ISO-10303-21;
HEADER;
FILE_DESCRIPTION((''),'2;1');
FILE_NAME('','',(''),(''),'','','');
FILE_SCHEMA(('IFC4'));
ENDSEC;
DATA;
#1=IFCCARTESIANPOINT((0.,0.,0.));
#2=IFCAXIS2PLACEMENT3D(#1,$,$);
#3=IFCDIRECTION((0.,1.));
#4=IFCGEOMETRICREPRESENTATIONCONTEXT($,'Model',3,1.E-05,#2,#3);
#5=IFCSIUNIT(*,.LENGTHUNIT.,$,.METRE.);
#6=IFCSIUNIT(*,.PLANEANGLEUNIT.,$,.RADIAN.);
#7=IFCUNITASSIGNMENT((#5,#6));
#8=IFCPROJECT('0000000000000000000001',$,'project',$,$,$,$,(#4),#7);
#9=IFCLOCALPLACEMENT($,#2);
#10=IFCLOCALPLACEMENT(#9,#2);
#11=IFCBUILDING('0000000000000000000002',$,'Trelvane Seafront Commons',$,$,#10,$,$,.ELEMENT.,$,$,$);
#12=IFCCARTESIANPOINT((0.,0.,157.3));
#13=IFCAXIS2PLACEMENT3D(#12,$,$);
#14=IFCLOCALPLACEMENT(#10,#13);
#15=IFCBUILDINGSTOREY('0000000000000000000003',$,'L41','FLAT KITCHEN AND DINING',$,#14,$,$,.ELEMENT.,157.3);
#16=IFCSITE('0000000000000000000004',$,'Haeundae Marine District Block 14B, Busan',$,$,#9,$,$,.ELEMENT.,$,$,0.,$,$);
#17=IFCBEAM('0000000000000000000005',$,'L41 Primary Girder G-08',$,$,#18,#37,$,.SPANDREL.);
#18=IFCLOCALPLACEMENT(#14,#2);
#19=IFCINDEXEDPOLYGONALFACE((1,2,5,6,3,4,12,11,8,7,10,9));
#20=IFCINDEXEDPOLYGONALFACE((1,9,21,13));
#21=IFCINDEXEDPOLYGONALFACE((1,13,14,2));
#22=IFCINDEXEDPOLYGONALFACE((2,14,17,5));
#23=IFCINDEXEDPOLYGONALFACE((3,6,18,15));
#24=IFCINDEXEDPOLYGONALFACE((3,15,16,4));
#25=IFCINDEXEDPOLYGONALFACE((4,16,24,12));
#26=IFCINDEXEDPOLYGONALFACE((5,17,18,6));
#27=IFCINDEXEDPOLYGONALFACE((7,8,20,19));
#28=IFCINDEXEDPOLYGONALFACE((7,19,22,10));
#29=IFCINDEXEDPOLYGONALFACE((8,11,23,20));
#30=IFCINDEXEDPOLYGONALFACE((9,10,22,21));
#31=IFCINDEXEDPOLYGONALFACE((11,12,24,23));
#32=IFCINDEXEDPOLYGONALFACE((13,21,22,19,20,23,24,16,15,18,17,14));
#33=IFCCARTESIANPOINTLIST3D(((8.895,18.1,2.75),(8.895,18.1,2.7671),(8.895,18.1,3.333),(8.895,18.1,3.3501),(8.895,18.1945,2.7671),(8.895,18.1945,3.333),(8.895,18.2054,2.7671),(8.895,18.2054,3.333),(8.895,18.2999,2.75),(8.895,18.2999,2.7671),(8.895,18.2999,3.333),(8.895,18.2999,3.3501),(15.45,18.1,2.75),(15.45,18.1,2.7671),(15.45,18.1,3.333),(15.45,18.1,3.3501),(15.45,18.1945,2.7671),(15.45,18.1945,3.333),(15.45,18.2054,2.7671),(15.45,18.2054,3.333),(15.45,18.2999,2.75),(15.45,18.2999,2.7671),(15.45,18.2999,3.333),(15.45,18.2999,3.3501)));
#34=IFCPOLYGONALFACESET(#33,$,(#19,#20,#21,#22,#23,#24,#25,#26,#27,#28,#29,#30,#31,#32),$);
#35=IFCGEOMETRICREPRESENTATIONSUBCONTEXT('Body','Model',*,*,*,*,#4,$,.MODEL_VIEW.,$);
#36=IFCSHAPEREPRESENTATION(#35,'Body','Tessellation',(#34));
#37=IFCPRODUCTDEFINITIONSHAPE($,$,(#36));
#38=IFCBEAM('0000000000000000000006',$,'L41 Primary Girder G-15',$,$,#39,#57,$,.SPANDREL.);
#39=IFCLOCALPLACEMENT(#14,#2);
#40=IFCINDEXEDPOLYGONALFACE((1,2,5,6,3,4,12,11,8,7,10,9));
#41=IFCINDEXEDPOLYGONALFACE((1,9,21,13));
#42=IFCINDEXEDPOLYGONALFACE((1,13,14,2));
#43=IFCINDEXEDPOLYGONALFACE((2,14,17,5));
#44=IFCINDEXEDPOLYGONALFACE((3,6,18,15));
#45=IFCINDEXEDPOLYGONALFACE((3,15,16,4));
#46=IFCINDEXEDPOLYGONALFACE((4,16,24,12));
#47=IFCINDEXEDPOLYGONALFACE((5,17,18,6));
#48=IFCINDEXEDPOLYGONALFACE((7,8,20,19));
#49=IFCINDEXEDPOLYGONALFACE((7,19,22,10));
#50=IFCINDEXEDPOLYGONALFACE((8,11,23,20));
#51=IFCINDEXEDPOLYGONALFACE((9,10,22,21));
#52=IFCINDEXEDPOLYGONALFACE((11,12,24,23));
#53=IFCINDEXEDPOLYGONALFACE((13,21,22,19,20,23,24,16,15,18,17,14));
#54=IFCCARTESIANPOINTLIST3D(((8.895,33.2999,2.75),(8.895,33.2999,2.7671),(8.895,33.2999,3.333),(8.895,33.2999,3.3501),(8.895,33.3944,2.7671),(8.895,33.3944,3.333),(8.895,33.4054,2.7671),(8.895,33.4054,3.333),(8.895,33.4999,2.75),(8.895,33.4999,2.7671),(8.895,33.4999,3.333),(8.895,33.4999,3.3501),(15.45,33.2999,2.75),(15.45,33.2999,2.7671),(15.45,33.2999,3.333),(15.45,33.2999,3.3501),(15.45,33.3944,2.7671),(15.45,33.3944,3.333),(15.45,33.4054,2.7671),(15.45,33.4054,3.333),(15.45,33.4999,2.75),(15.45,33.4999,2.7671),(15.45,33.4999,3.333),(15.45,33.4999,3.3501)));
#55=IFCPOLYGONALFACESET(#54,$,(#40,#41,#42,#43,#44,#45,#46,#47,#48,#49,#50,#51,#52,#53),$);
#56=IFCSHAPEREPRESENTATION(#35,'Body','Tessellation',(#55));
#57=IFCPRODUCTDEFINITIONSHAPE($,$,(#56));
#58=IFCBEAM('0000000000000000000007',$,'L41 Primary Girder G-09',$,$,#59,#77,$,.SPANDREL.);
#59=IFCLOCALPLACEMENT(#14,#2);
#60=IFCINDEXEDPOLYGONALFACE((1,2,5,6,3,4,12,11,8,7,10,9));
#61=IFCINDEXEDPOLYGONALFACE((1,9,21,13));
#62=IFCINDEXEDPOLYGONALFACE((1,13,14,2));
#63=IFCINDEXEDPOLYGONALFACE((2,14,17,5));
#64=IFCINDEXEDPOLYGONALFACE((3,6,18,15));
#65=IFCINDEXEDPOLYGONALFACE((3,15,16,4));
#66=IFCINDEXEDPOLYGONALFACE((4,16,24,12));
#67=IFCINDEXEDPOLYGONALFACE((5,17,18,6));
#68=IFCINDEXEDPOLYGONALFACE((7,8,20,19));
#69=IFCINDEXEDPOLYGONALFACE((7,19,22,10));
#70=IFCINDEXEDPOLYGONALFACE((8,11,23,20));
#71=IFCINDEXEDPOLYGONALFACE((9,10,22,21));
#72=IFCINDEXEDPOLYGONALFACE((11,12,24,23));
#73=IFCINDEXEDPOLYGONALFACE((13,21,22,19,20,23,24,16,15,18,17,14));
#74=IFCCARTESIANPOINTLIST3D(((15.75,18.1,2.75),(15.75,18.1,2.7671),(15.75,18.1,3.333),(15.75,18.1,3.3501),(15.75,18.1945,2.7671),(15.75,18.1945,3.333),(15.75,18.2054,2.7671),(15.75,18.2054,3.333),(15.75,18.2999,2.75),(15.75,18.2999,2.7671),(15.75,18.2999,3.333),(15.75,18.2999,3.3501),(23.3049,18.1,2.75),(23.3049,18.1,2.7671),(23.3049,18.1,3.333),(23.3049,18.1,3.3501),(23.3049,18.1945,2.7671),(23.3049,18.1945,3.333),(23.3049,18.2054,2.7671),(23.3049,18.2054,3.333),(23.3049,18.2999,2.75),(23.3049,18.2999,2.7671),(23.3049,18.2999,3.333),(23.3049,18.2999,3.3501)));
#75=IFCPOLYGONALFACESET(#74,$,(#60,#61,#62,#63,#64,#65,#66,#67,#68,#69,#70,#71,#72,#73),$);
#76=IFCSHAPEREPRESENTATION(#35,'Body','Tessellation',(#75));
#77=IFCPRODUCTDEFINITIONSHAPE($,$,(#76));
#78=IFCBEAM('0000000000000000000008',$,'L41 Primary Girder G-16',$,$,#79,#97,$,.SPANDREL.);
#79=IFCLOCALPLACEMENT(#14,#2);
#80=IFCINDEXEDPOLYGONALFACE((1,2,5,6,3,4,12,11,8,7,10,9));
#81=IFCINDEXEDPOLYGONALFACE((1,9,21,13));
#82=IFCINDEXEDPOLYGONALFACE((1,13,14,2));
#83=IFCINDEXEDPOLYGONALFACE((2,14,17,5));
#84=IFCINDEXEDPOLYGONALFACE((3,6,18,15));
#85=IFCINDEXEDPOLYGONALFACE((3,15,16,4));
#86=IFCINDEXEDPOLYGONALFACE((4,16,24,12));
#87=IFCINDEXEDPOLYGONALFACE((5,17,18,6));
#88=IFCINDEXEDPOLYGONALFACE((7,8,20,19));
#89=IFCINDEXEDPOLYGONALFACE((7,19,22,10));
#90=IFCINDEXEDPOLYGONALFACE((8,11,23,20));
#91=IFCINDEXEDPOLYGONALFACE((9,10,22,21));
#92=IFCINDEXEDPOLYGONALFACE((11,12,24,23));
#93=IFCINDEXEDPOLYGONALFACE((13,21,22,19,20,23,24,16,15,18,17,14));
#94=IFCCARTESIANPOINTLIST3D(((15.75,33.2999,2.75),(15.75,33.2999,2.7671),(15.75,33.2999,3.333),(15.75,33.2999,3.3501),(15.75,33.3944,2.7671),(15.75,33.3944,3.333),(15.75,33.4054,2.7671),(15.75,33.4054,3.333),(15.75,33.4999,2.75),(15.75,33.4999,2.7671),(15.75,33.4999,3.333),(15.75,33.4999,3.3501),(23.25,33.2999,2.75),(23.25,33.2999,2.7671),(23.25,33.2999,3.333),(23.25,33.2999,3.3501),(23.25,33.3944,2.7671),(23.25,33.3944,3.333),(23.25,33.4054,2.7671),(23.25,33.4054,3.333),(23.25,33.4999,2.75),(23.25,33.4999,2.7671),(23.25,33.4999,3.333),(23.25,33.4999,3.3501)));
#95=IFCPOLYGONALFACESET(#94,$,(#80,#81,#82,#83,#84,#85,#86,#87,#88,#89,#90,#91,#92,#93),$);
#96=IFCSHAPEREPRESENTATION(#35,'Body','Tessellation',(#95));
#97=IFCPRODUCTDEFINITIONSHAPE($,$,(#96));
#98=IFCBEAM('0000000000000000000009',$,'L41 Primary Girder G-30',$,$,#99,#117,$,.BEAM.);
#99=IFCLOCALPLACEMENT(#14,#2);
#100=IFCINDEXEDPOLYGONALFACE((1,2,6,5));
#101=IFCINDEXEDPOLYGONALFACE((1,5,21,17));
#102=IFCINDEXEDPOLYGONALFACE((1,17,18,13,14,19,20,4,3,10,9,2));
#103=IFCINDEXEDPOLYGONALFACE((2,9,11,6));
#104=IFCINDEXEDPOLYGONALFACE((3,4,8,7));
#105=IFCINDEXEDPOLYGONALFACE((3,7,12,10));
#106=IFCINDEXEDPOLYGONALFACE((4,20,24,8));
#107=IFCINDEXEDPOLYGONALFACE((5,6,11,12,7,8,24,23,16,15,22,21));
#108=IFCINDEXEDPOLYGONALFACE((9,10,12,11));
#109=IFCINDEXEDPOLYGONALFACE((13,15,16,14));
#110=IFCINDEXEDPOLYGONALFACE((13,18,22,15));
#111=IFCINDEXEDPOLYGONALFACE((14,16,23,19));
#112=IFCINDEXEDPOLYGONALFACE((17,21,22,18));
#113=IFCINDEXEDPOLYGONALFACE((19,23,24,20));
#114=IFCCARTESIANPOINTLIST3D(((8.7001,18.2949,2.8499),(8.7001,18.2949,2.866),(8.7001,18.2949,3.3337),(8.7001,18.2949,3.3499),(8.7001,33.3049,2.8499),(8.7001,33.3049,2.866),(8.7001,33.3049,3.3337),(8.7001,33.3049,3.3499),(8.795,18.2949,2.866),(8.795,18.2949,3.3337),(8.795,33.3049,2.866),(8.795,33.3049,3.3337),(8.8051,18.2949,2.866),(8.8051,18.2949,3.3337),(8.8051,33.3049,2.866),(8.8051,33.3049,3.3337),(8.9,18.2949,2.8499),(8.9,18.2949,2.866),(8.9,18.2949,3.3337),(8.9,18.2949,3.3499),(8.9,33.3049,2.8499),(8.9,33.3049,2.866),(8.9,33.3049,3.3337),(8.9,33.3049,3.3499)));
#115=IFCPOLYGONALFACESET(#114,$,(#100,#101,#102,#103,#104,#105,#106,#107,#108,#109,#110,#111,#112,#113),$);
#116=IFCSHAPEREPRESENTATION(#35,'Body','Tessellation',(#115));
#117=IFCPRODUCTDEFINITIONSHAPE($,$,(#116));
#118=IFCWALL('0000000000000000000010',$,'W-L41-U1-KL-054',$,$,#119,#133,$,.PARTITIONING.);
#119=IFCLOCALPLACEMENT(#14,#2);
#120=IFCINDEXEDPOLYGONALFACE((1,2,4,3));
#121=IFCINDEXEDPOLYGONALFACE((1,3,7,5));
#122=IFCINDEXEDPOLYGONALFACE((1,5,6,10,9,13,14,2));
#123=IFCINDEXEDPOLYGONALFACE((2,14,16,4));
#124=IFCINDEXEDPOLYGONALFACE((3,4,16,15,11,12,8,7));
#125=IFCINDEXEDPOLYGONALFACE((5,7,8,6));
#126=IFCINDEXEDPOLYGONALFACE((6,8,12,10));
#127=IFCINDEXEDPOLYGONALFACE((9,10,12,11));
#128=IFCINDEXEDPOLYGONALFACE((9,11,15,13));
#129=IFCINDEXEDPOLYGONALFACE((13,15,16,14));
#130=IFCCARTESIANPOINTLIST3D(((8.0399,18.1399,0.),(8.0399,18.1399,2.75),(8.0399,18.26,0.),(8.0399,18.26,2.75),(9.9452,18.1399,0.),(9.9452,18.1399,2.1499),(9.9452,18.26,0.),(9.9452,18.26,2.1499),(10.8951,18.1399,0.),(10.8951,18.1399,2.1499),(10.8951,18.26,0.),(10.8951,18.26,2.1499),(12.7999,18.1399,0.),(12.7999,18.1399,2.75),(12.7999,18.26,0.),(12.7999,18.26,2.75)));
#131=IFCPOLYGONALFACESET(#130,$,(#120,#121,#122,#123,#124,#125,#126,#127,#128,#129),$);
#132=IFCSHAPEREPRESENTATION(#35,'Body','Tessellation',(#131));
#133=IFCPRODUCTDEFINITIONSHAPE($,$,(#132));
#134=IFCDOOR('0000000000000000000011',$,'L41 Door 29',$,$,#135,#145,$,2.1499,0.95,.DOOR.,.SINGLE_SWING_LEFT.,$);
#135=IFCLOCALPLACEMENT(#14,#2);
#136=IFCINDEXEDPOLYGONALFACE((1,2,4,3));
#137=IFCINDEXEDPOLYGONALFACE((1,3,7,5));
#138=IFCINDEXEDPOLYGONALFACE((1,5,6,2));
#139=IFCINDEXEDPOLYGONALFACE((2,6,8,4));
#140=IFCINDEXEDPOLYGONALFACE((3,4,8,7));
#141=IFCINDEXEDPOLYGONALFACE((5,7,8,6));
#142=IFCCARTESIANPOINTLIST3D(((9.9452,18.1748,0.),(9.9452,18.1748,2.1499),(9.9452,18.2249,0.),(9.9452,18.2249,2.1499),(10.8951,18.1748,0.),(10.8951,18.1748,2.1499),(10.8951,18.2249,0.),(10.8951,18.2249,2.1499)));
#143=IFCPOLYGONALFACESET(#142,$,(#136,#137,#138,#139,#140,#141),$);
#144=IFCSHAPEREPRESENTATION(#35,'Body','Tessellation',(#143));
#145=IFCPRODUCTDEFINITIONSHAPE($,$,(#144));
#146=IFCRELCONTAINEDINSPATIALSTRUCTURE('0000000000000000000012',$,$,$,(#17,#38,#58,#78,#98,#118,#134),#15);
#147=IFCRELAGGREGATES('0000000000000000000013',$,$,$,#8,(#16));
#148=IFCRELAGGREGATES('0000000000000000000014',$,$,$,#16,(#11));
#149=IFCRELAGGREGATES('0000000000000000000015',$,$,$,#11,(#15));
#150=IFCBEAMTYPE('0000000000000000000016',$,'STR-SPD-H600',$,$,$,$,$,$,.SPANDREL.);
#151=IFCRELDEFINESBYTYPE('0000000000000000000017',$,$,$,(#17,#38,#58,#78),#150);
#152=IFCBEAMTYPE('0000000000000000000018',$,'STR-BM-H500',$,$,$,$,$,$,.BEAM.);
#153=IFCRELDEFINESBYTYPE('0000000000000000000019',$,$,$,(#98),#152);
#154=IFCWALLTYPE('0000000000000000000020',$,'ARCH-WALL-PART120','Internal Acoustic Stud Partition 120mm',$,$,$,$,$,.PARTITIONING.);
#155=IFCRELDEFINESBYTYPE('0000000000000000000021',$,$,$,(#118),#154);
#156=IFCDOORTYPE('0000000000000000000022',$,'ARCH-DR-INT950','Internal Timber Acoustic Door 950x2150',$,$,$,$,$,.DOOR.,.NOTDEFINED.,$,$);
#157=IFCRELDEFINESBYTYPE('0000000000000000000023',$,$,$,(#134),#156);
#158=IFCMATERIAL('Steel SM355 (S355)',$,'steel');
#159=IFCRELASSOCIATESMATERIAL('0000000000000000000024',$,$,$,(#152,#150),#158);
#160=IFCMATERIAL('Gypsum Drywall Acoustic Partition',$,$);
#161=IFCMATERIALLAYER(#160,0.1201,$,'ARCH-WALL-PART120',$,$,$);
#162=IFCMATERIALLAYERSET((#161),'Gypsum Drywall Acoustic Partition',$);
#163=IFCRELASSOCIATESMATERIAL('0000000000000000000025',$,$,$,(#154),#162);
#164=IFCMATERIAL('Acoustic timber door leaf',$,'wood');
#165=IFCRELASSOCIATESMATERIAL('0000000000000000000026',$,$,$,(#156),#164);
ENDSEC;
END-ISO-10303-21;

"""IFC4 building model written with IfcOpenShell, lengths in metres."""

from ifc_helpers import new_model, si_unit, direction, frame, frame_2d, origin, origin_2d, place, context, subcontext, project, spatial, rectangle, i_section, extrude, source, transform, mapped, material, layer, layer_set, material_profile, profile_set, type_object, element, fill, save


model = new_model("IFC4")

# Units and contexts
model_context = context("Model", 3, precision=1e-05, world=origin(), true_north=direction((0.0, 1.0)))
body_context = subcontext(model_context, "Body", "Model", "MODEL_VIEW")
ifc_project = project(units=[si_unit("LENGTHUNIT", "METRE"), si_unit("PLANEANGLEUNIT", "RADIAN")], contexts=[model_context])

# Site, building, storey
site_placement = place(None, origin())
site = spatial("IfcSite", under=ifc_project, at=site_placement, Name="Haeundae Marine District Block 14B, Busan", CompositionType="ELEMENT", RefElevation=0.0)
building_placement = place(site_placement, origin())
building = spatial("IfcBuilding", under=site, at=building_placement, Name="Trelvane Seafront Commons", CompositionType="ELEMENT")
storey_placement = place(building_placement, frame((0.0, 0.0, 157.3)))
storey = spatial("IfcBuildingStorey", under=building, at=storey_placement, Name="L41", Description="FLAT KITCHEN AND DINING", CompositionType="ELEMENT", Elevation=157.3)

# Shared definitions
ifc_material_1 = material(Name="Steel SM355 (S355)", Category="steel")

# Beams
ifc_material_profile_1 = material_profile(ifc_material_1, i_section(OverallWidth=0.2, OverallDepth=0.5, WebThickness=0.01, FlangeThickness=0.0161, at=origin_2d()), Name="H-500x200x10x16")
ifc_profile_set_1 = profile_set([ifc_material_profile_1], Name="Steel SM355 (S355)")
beam_type_1 = type_object("IfcBeamType", Name="STR-BM-H500", PredefinedType="BEAM", material=ifc_profile_set_1)
ifc_material_profile_2 = material_profile(ifc_material_1, i_section(OverallWidth=0.2, OverallDepth=0.6001, WebThickness=0.011, FlangeThickness=0.0171, at=origin_2d()), Name="H-600x200x11x17")
ifc_profile_set_2 = profile_set([ifc_material_profile_2], Name="Steel SM355 (S355)")
beam_type_2 = type_object("IfcBeamType", Name="STR-SPD-H600", PredefinedType="SPANDREL", material=ifc_profile_set_2)
shared_shape_1 = source(origin(), body_context, "Body", "SweptSolid", [
    extrude(i_section(OverallWidth=0.2, OverallDepth=0.6001, WebThickness=0.011, FlangeThickness=0.0171, at=origin_2d()), origin(), (0.0, 0.0, 1.0), 6.5549),
])
for number, where, z_axis, x_axis, name in (
    (1, (8.895, 18.2, 3.05), (1.0, 0.0, 0.0), (0.0, 1.0, 0.0), "L41 Primary Girder G-08"),
    (2, (8.895, 33.3999, 3.05), (1.0, 0.0, 0.0), (0.0, 1.0, 0.0), "L41 Primary Girder G-15"),
):
    element("IfcBeam", number, at=place(storey_placement, frame(where, z_axis=z_axis, x_axis=x_axis)), inside=storey, type_object=beam_type_2, Name=name, PredefinedType="SPANDREL", context=body_context, shape_type="MappedRepresentation", body=[
        mapped(shared_shape_1, transform((0.0, 0.0, 0.0), x_axis=(1.0, 0.0, 0.0), y_axis=(0.0, 1.0, 0.0), z_axis=(0.0, 0.0, 1.0), scale=1.0)),
    ])
shared_shape_2 = source(origin(), body_context, "Body", "SweptSolid", [
    extrude(i_section(OverallWidth=0.2, OverallDepth=0.6001, WebThickness=0.011, FlangeThickness=0.0171, at=origin_2d()), origin(), (0.0, 0.0, 1.0), 7.5549),
])
beam_1_placement = place(storey_placement, frame((15.75, 18.2, 3.05), z_axis=(1.0, 0.0, 0.0), x_axis=(0.0, 1.0, 0.0)))
element("IfcBeam", 3, at=beam_1_placement, inside=storey, type_object=beam_type_2, Name="L41 Primary Girder G-09", PredefinedType="SPANDREL", context=body_context, shape_type="MappedRepresentation", body=[
    mapped(shared_shape_2, transform((0.0, 0.0, 0.0), x_axis=(1.0, 0.0, 0.0), y_axis=(0.0, 1.0, 0.0), z_axis=(0.0, 0.0, 1.0), scale=1.0)),
])
shared_shape_3 = source(origin(), body_context, "Body", "SweptSolid", [
    extrude(i_section(OverallWidth=0.2, OverallDepth=0.6001, WebThickness=0.011, FlangeThickness=0.0171, at=origin_2d()), origin(), (0.0, 0.0, 1.0), 7.5),
])
beam_2_placement = place(storey_placement, frame((15.75, 33.3999, 3.05), z_axis=(1.0, 0.0, 0.0), x_axis=(0.0, 1.0, 0.0)))
element("IfcBeam", 4, at=beam_2_placement, inside=storey, type_object=beam_type_2, Name="L41 Primary Girder G-16", PredefinedType="SPANDREL", context=body_context, shape_type="MappedRepresentation", body=[
    mapped(shared_shape_3, transform((0.0, 0.0, 0.0), x_axis=(1.0, 0.0, 0.0), y_axis=(0.0, 1.0, 0.0), z_axis=(0.0, 0.0, 1.0), scale=1.0)),
])
shared_shape_4 = source(origin(), body_context, "Body", "SweptSolid", [
    extrude(i_section(OverallWidth=0.2, OverallDepth=0.5, WebThickness=0.01, FlangeThickness=0.0161, at=origin_2d()), origin(), (0.0, 0.0, 1.0), 15.01),
])
beam_3_placement = place(storey_placement, frame((8.8, 18.2949, 3.0999), z_axis=(0.0, 1.0, 0.0), x_axis=(-1.0, 0.0, 0.0)))
element("IfcBeam", 5, at=beam_3_placement, inside=storey, type_object=beam_type_1, Name="L41 Primary Girder G-30", PredefinedType="BEAM", context=body_context, shape_type="MappedRepresentation", body=[
    mapped(shared_shape_4, transform((0.0, 0.0, 0.0), x_axis=(1.0, 0.0, 0.0), y_axis=(0.0, 1.0, 0.0), z_axis=(0.0, 0.0, 1.0), scale=1.0)),
])

# Wall, opening, door
ifc_material_2 = material(Name="Gypsum Drywall Acoustic Partition")
ifc_layer_1 = layer(ifc_material_2, 0.1201, Name="ARCH-WALL-PART120")
ifc_layer_set_1 = layer_set([ifc_layer_1], Name="Gypsum Drywall Acoustic Partition")
wall_type_1 = type_object("IfcWallType", Name="ARCH-WALL-PART120", Description="Internal Acoustic Stud Partition 120mm", PredefinedType="PARTITIONING", material=ifc_layer_set_1)
wall_1_placement = place(storey_placement, frame((8.04, 18.2, 0.0), z_axis=(0.0, 0.0, 1.0), x_axis=(1.0, 0.0, 0.0)))
wall_1 = element("IfcWall", 6, at=wall_1_placement, inside=storey, type_object=wall_type_1, Name="W-L41-U1-KL-054", PredefinedType="PARTITIONING", context=body_context, shape_type="SweptSolid", body=[
    extrude(rectangle(XDim=4.76, YDim=0.1201, at=frame_2d((2.3799, 0.0))), origin(), (0.0, 0.0, 1.0), 2.75),
])
opening_1_placement = place(wall_1_placement, frame((1.905, 0.0, 0.0)))
opening_1 = element("IfcOpeningElement", 7, at=opening_1_placement, cuts=wall_1, PredefinedType="OPENING", context=body_context, shape_type="SweptSolid", body=[
    extrude(rectangle(XDim=0.95, YDim=2.1499, at=frame_2d((0.4751, 1.075))), frame((0.0, 0.0701, 0.0), z_axis=(0.0, -1.0, 0.0), x_axis=(1.0, 0.0, 0.0)), (0.0, 0.0, 1.0), 0.1401),
])
ifc_material_3 = material(Name="Acoustic timber door leaf", Category="wood")
door_type_1 = type_object("IfcDoorType", Name="ARCH-DR-INT950", Description="Internal Timber Acoustic Door 950x2150", OperationType="NOTDEFINED", PredefinedType="DOOR", material=ifc_material_3)
shared_shape_5 = source(origin(), body_context, "Body", "SweptSolid", [
    extrude(rectangle(XDim=0.95, YDim=2.1499, at=frame_2d((0.4751, 1.075))), frame((0.0, 0.0249, 0.0), z_axis=(0.0, -1.0, 0.0), x_axis=(1.0, 0.0, 0.0)), (0.0, 0.0, 1.0), 0.05),
])
door_1_placement = place(opening_1_placement, origin())
door_1 = element("IfcDoor", 8, at=door_1_placement, inside=storey, type_object=door_type_1, Name="L41 Door 29", OperationType="SINGLE_SWING_LEFT", OverallHeight=2.1499, OverallWidth=0.95, PredefinedType="DOOR", context=body_context, shape_type="MappedRepresentation", body=[
    mapped(shared_shape_5, transform((0.0, 0.0, 0.0), x_axis=(1.0, 0.0, 0.0), y_axis=(0.0, 1.0, 0.0), z_axis=(0.0, 0.0, 1.0), scale=1.0)),
])
fill(opening_1, door_1)

save(model, "model.ifc")
